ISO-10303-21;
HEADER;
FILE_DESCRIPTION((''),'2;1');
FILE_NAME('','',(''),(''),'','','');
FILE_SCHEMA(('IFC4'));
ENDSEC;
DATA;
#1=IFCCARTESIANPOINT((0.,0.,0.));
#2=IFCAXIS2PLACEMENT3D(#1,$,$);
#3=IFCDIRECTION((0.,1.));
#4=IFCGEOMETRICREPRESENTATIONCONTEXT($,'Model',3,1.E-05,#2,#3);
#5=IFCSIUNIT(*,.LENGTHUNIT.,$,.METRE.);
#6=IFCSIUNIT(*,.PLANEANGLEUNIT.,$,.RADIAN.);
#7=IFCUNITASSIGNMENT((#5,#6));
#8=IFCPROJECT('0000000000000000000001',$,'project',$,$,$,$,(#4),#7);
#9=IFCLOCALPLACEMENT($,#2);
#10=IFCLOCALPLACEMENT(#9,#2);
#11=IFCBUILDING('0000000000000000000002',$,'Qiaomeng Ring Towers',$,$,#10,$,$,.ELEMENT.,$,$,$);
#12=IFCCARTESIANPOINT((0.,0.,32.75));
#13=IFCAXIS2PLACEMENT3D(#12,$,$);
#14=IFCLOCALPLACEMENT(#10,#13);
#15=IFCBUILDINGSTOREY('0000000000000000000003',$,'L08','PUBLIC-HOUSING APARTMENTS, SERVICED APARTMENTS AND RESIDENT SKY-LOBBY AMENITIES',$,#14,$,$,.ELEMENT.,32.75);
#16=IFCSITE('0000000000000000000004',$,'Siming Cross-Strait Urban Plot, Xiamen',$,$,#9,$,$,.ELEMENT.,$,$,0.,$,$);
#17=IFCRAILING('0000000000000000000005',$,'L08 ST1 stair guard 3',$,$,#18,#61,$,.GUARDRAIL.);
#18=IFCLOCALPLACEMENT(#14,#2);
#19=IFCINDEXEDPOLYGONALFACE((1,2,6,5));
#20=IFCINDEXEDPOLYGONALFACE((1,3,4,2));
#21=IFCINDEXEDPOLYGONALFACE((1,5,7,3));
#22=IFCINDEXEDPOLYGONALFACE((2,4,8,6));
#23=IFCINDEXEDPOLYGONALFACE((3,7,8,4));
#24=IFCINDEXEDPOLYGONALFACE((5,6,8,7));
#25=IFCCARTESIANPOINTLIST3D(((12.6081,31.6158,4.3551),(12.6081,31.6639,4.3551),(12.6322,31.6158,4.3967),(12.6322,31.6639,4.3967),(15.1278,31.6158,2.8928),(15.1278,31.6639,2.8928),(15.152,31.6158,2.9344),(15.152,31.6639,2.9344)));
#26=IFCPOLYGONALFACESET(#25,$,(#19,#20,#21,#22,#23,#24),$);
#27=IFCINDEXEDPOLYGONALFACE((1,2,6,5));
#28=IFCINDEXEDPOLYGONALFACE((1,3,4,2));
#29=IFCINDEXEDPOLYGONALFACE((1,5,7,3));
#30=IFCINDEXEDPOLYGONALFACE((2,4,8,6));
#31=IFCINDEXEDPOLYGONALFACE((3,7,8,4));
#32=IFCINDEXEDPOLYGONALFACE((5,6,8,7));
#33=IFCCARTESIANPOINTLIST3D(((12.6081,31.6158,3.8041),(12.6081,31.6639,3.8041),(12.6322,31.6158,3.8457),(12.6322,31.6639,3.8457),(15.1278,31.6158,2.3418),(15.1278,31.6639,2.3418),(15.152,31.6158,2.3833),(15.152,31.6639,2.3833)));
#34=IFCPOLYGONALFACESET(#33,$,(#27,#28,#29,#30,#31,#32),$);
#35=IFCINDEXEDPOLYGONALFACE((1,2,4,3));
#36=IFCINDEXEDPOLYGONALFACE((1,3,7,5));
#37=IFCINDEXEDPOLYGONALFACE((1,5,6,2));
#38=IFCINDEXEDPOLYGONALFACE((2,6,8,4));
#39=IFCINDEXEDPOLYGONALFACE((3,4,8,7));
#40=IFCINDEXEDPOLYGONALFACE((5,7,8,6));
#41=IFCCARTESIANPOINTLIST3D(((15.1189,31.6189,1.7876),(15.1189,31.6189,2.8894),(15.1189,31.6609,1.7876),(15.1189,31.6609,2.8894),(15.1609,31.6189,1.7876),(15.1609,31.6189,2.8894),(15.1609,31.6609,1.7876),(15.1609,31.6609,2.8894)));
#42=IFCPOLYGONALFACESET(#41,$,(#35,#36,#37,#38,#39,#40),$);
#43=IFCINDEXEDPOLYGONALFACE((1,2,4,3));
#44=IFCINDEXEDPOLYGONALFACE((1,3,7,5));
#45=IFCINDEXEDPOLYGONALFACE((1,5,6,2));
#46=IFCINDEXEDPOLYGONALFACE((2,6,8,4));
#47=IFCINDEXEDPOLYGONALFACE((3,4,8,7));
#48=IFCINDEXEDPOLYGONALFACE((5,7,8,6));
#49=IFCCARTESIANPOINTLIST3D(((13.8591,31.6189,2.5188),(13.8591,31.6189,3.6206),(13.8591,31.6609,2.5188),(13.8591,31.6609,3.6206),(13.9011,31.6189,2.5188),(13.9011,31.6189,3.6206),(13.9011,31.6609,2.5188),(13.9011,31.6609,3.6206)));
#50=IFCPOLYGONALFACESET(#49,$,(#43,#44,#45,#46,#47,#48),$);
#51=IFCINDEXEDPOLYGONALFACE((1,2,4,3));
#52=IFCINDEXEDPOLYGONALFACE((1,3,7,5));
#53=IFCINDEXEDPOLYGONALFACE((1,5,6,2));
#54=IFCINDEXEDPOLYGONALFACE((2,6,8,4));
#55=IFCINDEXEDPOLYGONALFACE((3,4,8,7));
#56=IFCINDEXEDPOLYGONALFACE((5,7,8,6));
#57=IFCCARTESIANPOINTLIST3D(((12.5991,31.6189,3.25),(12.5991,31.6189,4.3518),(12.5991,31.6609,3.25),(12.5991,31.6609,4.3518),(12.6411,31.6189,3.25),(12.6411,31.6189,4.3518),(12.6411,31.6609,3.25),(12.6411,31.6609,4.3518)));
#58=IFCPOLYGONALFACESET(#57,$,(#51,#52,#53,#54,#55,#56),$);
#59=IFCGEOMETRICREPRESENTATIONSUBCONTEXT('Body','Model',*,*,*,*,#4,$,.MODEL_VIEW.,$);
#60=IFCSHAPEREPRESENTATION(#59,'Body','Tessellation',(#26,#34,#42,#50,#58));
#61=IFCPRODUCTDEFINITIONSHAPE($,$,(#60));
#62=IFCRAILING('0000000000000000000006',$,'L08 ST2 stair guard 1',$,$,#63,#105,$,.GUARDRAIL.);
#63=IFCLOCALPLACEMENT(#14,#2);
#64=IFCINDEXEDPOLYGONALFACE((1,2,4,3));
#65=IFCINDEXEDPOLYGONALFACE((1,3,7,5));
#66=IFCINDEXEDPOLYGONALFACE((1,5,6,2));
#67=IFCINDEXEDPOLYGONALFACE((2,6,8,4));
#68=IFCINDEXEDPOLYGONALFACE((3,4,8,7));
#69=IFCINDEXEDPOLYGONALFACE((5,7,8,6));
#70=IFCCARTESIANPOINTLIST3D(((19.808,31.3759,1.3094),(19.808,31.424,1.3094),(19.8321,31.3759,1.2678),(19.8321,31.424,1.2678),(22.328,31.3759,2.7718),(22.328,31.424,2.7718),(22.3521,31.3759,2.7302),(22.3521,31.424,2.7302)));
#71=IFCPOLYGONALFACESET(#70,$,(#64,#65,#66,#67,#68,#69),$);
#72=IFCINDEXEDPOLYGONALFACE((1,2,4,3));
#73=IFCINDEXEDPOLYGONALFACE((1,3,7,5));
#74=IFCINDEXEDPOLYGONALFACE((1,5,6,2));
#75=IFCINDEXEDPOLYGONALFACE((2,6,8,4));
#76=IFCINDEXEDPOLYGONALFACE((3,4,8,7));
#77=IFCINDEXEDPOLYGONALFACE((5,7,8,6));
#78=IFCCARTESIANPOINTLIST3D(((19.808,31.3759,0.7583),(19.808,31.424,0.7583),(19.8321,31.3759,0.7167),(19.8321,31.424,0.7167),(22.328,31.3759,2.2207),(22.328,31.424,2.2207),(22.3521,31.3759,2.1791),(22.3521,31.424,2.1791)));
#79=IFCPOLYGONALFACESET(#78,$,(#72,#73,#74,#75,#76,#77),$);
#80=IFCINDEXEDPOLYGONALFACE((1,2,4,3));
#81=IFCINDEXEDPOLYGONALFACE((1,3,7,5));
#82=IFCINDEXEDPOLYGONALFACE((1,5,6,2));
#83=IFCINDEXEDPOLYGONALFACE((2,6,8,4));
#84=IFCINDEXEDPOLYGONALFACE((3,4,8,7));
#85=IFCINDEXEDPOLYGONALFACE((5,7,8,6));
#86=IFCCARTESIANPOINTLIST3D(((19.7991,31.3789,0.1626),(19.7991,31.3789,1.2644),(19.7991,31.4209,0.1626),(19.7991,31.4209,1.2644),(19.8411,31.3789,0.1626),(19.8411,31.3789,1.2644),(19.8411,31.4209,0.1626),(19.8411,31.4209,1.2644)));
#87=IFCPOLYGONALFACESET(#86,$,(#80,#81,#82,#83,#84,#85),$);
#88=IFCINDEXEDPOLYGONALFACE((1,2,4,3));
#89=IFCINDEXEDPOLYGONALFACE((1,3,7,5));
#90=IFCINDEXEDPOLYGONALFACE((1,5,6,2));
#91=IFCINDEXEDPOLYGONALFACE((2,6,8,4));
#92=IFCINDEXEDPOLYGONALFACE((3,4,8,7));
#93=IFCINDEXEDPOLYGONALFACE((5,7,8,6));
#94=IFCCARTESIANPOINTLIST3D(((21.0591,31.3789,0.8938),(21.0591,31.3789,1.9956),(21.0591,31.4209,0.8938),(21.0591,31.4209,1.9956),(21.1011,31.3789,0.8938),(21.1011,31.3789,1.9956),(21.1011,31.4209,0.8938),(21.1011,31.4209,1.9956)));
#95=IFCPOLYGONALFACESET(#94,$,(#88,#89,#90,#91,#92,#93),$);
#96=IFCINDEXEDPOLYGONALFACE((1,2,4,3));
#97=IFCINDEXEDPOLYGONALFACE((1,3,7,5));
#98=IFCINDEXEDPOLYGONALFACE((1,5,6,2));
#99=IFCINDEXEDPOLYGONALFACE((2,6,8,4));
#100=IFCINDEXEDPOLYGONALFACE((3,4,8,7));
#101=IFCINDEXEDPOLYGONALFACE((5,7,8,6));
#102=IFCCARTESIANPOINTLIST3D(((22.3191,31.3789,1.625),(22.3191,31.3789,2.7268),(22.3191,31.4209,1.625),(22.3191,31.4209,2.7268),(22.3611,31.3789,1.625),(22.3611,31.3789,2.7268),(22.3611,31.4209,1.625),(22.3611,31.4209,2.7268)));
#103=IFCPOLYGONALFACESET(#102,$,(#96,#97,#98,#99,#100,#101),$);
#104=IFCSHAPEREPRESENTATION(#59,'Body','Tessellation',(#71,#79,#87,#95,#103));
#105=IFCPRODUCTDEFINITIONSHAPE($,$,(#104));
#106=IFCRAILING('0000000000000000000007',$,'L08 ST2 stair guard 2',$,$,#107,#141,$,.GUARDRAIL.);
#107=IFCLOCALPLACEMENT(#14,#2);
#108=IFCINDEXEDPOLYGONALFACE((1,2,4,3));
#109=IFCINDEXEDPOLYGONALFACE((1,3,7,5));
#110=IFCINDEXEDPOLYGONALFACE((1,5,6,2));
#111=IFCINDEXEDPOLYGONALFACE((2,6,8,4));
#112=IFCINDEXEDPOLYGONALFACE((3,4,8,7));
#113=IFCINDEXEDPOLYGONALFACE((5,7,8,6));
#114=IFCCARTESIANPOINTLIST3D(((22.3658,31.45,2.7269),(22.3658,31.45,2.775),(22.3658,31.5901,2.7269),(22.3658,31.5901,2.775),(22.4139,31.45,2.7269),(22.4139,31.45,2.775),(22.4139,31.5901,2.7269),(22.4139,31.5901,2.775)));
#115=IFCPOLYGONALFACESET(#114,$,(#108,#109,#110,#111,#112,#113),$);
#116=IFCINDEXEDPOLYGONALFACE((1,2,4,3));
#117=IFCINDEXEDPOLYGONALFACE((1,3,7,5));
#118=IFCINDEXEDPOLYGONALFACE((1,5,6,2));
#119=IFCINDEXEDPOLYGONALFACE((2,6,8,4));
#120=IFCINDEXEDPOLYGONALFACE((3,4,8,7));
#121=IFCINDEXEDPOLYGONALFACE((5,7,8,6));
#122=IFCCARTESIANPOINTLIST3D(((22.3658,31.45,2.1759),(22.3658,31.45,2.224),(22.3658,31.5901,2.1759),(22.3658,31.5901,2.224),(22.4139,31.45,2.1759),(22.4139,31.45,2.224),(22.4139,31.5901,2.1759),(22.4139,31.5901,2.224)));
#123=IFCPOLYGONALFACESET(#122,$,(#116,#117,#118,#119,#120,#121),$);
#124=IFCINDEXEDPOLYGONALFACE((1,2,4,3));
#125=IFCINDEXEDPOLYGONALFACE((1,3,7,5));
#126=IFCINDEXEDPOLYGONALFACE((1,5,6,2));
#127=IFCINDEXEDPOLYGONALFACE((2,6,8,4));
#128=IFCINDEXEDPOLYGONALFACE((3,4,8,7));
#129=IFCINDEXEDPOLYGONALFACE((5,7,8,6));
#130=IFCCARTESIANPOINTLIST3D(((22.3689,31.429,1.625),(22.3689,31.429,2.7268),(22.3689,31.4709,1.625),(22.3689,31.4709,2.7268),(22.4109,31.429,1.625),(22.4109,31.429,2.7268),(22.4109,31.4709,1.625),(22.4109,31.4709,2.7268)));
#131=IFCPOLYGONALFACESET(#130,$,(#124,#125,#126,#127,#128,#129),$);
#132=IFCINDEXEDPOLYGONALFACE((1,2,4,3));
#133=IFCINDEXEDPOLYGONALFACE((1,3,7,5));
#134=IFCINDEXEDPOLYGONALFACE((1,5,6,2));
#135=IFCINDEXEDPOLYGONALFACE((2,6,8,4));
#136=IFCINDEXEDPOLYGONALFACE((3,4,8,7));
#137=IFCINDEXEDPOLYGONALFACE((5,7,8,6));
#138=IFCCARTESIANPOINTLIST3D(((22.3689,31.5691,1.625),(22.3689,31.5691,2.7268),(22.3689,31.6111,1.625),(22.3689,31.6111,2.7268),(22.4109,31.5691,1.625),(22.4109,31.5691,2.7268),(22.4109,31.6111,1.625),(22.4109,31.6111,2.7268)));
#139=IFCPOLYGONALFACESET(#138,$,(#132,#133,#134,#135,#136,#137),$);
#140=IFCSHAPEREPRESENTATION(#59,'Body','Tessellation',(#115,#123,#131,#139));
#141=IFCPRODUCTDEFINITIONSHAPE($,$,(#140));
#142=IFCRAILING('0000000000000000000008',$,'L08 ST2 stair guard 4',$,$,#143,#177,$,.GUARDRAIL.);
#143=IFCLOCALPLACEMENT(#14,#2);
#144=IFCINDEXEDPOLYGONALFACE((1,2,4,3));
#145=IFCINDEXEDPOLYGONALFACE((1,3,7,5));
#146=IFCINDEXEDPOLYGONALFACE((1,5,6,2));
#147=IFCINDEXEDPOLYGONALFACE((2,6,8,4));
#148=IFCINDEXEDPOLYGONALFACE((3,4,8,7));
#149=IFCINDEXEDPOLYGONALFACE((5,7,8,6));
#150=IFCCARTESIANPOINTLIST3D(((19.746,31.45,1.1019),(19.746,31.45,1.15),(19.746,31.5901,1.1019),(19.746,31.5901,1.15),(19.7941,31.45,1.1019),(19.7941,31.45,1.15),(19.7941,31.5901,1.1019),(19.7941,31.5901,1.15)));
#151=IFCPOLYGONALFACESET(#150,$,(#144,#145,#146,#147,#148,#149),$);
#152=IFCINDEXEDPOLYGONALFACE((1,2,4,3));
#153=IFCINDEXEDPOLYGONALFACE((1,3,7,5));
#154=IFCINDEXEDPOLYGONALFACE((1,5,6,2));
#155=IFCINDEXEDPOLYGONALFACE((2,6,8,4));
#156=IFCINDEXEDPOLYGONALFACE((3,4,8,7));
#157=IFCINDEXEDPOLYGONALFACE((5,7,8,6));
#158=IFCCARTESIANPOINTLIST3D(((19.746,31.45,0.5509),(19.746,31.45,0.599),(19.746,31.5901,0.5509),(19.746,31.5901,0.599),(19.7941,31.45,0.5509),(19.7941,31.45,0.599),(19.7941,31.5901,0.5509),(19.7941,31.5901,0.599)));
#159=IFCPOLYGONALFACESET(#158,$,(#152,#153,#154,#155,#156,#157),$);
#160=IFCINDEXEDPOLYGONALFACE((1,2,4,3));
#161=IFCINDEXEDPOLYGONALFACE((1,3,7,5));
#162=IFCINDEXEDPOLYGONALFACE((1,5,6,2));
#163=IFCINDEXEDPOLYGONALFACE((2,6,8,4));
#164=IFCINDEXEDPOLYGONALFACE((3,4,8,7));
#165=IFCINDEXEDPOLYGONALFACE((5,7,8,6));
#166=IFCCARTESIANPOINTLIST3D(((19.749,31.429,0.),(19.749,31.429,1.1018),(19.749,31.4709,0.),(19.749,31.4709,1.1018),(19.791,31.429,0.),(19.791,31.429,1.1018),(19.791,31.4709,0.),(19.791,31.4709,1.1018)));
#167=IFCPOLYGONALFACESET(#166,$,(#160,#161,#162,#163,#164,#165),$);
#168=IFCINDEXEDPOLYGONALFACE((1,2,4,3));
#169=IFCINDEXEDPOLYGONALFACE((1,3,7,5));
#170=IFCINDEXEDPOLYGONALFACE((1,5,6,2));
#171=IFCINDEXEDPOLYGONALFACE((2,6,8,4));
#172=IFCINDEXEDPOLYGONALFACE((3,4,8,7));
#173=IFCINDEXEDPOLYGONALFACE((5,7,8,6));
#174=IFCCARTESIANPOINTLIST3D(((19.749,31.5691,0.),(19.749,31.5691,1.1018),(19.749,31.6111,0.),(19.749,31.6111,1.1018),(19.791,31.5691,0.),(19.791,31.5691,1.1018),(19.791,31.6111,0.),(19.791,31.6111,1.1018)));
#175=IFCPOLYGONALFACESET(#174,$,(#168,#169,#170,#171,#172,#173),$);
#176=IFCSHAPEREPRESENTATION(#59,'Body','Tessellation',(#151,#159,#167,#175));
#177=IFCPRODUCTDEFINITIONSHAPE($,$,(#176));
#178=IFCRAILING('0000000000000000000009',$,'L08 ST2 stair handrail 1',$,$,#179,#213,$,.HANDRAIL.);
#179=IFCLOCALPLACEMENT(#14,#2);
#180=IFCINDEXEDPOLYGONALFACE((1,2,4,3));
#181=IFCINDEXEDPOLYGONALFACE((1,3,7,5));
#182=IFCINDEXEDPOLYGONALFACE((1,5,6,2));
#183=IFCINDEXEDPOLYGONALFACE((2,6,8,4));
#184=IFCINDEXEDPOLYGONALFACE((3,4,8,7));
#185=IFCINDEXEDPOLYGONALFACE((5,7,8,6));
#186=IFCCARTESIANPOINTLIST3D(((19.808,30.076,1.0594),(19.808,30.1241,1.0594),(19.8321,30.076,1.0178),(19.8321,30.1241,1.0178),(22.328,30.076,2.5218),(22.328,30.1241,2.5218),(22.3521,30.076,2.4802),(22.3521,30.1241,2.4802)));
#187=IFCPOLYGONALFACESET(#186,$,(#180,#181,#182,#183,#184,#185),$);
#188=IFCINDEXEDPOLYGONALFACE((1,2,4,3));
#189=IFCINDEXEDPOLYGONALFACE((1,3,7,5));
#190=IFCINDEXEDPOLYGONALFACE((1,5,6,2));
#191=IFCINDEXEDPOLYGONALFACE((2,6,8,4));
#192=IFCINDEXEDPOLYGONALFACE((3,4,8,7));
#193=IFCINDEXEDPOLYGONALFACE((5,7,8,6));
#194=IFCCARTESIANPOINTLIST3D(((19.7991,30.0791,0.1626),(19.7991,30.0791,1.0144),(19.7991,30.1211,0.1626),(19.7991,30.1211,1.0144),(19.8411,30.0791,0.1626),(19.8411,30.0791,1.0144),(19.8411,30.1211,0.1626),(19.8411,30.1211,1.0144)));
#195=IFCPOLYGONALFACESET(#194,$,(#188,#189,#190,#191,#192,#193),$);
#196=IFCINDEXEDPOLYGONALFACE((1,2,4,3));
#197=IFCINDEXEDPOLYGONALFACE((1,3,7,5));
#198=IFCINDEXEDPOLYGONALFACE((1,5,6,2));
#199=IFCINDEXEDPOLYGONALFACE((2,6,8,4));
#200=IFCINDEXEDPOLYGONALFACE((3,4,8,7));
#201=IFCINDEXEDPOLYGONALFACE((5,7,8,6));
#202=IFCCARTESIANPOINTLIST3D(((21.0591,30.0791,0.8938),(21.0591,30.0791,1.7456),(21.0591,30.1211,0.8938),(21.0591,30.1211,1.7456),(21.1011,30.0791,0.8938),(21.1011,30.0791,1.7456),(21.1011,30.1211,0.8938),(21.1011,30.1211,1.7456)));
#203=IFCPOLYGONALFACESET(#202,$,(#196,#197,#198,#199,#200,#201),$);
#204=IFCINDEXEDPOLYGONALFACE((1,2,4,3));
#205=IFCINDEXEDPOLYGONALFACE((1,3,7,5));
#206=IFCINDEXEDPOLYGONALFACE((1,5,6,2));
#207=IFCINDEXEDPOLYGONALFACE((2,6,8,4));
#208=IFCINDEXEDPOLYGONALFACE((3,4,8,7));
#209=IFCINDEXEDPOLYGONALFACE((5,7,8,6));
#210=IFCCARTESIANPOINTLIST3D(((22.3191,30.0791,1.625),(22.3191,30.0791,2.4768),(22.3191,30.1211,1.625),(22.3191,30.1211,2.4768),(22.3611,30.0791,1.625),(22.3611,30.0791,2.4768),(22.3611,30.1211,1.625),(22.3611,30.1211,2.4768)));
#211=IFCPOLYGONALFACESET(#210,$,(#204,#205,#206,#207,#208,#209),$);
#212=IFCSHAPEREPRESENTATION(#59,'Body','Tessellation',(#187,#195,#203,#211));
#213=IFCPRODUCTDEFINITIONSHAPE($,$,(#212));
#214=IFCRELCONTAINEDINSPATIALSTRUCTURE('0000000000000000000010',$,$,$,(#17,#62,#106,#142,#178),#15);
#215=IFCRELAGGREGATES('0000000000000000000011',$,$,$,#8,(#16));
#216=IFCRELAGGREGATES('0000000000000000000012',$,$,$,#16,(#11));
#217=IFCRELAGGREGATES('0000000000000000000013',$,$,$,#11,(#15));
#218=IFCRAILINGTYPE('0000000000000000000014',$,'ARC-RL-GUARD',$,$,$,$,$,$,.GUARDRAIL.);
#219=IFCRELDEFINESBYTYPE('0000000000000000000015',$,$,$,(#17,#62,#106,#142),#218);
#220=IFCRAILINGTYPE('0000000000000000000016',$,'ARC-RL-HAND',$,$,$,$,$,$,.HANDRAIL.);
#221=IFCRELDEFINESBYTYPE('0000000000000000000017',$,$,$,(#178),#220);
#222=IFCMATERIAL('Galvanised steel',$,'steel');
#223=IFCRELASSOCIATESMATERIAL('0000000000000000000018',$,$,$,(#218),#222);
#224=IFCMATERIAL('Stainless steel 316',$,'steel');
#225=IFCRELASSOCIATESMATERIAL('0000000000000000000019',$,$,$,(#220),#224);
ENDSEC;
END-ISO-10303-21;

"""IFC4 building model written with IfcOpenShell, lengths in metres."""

from ifc_helpers import new_model, si_unit, direction, frame, origin, origin_2d, place, context, subcontext, project, spatial, rectangle, extrude, material, type_object, element, save


model = new_model("IFC4")

# Units and contexts
model_context = context("Model", 3, precision=1e-05, world=origin(), true_north=direction((0.0, 1.0)))
body_context = subcontext(model_context, "Body", "Model", "MODEL_VIEW")
ifc_project = project(units=[si_unit("LENGTHUNIT", "METRE"), si_unit("PLANEANGLEUNIT", "RADIAN")], contexts=[model_context])

# Site, building, storey
site_placement = place(None, origin())
site = spatial("IfcSite", under=ifc_project, at=site_placement, Name="Siming Cross-Strait Urban Plot, Xiamen", CompositionType="ELEMENT", RefElevation=0.0)
building_placement = place(site_placement, origin())
building = spatial("IfcBuilding", under=site, at=building_placement, Name="Qiaomeng Ring Towers", CompositionType="ELEMENT")
storey_placement = place(building_placement, frame((0.0, 0.0, 32.75)))
storey = spatial("IfcBuildingStorey", under=building, at=storey_placement, Name="L08", Description="PUBLIC-HOUSING APARTMENTS, SERVICED APARTMENTS AND RESIDENT SKY-LOBBY AMENITIES", CompositionType="ELEMENT", Elevation=32.75)

# Shared definitions
ifc_material_1 = material(Name="Galvanised steel", Category="steel")

# Shared definitions
ifc_material_2 = material(Name="Stainless steel 316", Category="steel")

# Railings
railing_type_1 = type_object("IfcRailingType", Name="ARC-RL-GUARD", PredefinedType="GUARDRAIL", material=ifc_material_1)
railing_1_placement = place(storey_placement, frame((15.1399, 31.6399, 1.7876)))
element("IfcRailing", 1, at=railing_1_placement, inside=storey, type_object=railing_type_1, Name="L08 ST1 stair guard 3", PredefinedType="GUARDRAIL", context=body_context, shape_type="SweptSolid", body=[
    extrude(rectangle(XDim=0.0481, YDim=0.0481, at=origin_2d()), frame((0.0, 0.0, 1.126), z_axis=(-0.864892, 0.0, 0.501958), x_axis=(0.0, -1.0, 0.0)), (0.0, 0.0, 1.0), 2.9133),
    extrude(rectangle(XDim=0.0481, YDim=0.0481, at=origin_2d()), frame((0.0, 0.0, 0.575), z_axis=(-0.864892, 0.0, 0.501958), x_axis=(0.0, -1.0, 0.0)), (0.0, 0.0, 1.0), 2.9133),
    extrude(rectangle(XDim=0.042, YDim=0.042, at=origin_2d()), origin(), (0.0, 0.0, 1.0), 1.1018),
    extrude(rectangle(XDim=0.042, YDim=0.042, at=origin_2d()), frame((-1.2598, 0.0, 0.7312)), (0.0, 0.0, 1.0), 1.1018),
    extrude(rectangle(XDim=0.042, YDim=0.042, at=origin_2d()), frame((-2.5198, 0.0, 1.4624)), (0.0, 0.0, 1.0), 1.1018),
])
railing_2_placement = place(storey_placement, frame((19.8201, 31.3999, 0.1626)))
element("IfcRailing", 2, at=railing_2_placement, inside=storey, type_object=railing_type_1, Name="L08 ST2 stair guard 1", PredefinedType="GUARDRAIL", context=body_context, shape_type="SweptSolid", body=[
    extrude(rectangle(XDim=0.0481, YDim=0.0481, at=origin_2d()), frame((0.0, 0.0, 1.126), z_axis=(0.864913, 0.0, 0.501921), x_axis=(0.0, 1.0, 0.0)), (0.0, 0.0, 1.0), 2.9136),
    extrude(rectangle(XDim=0.0481, YDim=0.0481, at=origin_2d()), frame((0.0, 0.0, 0.575), z_axis=(0.864913, 0.0, 0.501921), x_axis=(0.0, 1.0, 0.0)), (0.0, 0.0, 1.0), 2.9136),
    extrude(rectangle(XDim=0.042, YDim=0.042, at=origin_2d()), origin(), (0.0, 0.0, 1.0), 1.1018),
    extrude(rectangle(XDim=0.042, YDim=0.042, at=origin_2d()), frame((1.26, 0.0, 0.7312)), (0.0, 0.0, 1.0), 1.1018),
    extrude(rectangle(XDim=0.042, YDim=0.042, at=origin_2d()), frame((2.52, 0.0, 1.4624)), (0.0, 0.0, 1.0), 1.1018),
])
for number, where, name in (
    (3, (22.3899, 31.45, 1.625), "L08 ST2 stair guard 2"),
    (4, (19.77, 31.45, 0.0), "L08 ST2 stair guard 4"),
):
    element("IfcRailing", number, at=place(storey_placement, frame(where)), inside=storey, type_object=railing_type_1, Name=name, PredefinedType="GUARDRAIL", context=body_context, shape_type="SweptSolid", body=[
        extrude(rectangle(XDim=0.0481, YDim=0.0481, at=origin_2d()), frame((0.0, 0.0, 1.126), z_axis=(0.0, 1.0, 0.0), x_axis=(-1.0, 0.0, 0.0)), (0.0, 0.0, 1.0), 0.1401),
        extrude(rectangle(XDim=0.0481, YDim=0.0481, at=origin_2d()), frame((0.0, 0.0, 0.575), z_axis=(0.0, 1.0, 0.0), x_axis=(-1.0, 0.0, 0.0)), (0.0, 0.0, 1.0), 0.1401),
        extrude(rectangle(XDim=0.042, YDim=0.042, at=origin_2d()), origin(), (0.0, 0.0, 1.0), 1.1018),
        extrude(rectangle(XDim=0.042, YDim=0.042, at=origin_2d()), frame((0.0, 0.1401, 0.0)), (0.0, 0.0, 1.0), 1.1018),
    ])
railing_type_2 = type_object("IfcRailingType", Name="ARC-RL-HAND", PredefinedType="HANDRAIL", material=ifc_material_2)
railing_3_placement = place(storey_placement, frame((19.8201, 30.1001, 0.1626)))
element("IfcRailing", 5, at=railing_3_placement, inside=storey, type_object=railing_type_2, Name="L08 ST2 stair handrail 1", PredefinedType="HANDRAIL", context=body_context, shape_type="SweptSolid", body=[
    extrude(rectangle(XDim=0.0481, YDim=0.0481, at=origin_2d()), frame((0.0, 0.0, 0.876), z_axis=(0.864913, 0.0, 0.501921), x_axis=(0.0, 1.0, 0.0)), (0.0, 0.0, 1.0), 2.9136),
    extrude(rectangle(XDim=0.042, YDim=0.042, at=origin_2d()), origin(), (0.0, 0.0, 1.0), 0.8518),
    extrude(rectangle(XDim=0.042, YDim=0.042, at=origin_2d()), frame((1.26, 0.0, 0.7312)), (0.0, 0.0, 1.0), 0.8518),
    extrude(rectangle(XDim=0.042, YDim=0.042, at=origin_2d()), frame((2.52, 0.0, 1.4624)), (0.0, 0.0, 1.0), 0.8518),
])

save(model, "model.ifc")
